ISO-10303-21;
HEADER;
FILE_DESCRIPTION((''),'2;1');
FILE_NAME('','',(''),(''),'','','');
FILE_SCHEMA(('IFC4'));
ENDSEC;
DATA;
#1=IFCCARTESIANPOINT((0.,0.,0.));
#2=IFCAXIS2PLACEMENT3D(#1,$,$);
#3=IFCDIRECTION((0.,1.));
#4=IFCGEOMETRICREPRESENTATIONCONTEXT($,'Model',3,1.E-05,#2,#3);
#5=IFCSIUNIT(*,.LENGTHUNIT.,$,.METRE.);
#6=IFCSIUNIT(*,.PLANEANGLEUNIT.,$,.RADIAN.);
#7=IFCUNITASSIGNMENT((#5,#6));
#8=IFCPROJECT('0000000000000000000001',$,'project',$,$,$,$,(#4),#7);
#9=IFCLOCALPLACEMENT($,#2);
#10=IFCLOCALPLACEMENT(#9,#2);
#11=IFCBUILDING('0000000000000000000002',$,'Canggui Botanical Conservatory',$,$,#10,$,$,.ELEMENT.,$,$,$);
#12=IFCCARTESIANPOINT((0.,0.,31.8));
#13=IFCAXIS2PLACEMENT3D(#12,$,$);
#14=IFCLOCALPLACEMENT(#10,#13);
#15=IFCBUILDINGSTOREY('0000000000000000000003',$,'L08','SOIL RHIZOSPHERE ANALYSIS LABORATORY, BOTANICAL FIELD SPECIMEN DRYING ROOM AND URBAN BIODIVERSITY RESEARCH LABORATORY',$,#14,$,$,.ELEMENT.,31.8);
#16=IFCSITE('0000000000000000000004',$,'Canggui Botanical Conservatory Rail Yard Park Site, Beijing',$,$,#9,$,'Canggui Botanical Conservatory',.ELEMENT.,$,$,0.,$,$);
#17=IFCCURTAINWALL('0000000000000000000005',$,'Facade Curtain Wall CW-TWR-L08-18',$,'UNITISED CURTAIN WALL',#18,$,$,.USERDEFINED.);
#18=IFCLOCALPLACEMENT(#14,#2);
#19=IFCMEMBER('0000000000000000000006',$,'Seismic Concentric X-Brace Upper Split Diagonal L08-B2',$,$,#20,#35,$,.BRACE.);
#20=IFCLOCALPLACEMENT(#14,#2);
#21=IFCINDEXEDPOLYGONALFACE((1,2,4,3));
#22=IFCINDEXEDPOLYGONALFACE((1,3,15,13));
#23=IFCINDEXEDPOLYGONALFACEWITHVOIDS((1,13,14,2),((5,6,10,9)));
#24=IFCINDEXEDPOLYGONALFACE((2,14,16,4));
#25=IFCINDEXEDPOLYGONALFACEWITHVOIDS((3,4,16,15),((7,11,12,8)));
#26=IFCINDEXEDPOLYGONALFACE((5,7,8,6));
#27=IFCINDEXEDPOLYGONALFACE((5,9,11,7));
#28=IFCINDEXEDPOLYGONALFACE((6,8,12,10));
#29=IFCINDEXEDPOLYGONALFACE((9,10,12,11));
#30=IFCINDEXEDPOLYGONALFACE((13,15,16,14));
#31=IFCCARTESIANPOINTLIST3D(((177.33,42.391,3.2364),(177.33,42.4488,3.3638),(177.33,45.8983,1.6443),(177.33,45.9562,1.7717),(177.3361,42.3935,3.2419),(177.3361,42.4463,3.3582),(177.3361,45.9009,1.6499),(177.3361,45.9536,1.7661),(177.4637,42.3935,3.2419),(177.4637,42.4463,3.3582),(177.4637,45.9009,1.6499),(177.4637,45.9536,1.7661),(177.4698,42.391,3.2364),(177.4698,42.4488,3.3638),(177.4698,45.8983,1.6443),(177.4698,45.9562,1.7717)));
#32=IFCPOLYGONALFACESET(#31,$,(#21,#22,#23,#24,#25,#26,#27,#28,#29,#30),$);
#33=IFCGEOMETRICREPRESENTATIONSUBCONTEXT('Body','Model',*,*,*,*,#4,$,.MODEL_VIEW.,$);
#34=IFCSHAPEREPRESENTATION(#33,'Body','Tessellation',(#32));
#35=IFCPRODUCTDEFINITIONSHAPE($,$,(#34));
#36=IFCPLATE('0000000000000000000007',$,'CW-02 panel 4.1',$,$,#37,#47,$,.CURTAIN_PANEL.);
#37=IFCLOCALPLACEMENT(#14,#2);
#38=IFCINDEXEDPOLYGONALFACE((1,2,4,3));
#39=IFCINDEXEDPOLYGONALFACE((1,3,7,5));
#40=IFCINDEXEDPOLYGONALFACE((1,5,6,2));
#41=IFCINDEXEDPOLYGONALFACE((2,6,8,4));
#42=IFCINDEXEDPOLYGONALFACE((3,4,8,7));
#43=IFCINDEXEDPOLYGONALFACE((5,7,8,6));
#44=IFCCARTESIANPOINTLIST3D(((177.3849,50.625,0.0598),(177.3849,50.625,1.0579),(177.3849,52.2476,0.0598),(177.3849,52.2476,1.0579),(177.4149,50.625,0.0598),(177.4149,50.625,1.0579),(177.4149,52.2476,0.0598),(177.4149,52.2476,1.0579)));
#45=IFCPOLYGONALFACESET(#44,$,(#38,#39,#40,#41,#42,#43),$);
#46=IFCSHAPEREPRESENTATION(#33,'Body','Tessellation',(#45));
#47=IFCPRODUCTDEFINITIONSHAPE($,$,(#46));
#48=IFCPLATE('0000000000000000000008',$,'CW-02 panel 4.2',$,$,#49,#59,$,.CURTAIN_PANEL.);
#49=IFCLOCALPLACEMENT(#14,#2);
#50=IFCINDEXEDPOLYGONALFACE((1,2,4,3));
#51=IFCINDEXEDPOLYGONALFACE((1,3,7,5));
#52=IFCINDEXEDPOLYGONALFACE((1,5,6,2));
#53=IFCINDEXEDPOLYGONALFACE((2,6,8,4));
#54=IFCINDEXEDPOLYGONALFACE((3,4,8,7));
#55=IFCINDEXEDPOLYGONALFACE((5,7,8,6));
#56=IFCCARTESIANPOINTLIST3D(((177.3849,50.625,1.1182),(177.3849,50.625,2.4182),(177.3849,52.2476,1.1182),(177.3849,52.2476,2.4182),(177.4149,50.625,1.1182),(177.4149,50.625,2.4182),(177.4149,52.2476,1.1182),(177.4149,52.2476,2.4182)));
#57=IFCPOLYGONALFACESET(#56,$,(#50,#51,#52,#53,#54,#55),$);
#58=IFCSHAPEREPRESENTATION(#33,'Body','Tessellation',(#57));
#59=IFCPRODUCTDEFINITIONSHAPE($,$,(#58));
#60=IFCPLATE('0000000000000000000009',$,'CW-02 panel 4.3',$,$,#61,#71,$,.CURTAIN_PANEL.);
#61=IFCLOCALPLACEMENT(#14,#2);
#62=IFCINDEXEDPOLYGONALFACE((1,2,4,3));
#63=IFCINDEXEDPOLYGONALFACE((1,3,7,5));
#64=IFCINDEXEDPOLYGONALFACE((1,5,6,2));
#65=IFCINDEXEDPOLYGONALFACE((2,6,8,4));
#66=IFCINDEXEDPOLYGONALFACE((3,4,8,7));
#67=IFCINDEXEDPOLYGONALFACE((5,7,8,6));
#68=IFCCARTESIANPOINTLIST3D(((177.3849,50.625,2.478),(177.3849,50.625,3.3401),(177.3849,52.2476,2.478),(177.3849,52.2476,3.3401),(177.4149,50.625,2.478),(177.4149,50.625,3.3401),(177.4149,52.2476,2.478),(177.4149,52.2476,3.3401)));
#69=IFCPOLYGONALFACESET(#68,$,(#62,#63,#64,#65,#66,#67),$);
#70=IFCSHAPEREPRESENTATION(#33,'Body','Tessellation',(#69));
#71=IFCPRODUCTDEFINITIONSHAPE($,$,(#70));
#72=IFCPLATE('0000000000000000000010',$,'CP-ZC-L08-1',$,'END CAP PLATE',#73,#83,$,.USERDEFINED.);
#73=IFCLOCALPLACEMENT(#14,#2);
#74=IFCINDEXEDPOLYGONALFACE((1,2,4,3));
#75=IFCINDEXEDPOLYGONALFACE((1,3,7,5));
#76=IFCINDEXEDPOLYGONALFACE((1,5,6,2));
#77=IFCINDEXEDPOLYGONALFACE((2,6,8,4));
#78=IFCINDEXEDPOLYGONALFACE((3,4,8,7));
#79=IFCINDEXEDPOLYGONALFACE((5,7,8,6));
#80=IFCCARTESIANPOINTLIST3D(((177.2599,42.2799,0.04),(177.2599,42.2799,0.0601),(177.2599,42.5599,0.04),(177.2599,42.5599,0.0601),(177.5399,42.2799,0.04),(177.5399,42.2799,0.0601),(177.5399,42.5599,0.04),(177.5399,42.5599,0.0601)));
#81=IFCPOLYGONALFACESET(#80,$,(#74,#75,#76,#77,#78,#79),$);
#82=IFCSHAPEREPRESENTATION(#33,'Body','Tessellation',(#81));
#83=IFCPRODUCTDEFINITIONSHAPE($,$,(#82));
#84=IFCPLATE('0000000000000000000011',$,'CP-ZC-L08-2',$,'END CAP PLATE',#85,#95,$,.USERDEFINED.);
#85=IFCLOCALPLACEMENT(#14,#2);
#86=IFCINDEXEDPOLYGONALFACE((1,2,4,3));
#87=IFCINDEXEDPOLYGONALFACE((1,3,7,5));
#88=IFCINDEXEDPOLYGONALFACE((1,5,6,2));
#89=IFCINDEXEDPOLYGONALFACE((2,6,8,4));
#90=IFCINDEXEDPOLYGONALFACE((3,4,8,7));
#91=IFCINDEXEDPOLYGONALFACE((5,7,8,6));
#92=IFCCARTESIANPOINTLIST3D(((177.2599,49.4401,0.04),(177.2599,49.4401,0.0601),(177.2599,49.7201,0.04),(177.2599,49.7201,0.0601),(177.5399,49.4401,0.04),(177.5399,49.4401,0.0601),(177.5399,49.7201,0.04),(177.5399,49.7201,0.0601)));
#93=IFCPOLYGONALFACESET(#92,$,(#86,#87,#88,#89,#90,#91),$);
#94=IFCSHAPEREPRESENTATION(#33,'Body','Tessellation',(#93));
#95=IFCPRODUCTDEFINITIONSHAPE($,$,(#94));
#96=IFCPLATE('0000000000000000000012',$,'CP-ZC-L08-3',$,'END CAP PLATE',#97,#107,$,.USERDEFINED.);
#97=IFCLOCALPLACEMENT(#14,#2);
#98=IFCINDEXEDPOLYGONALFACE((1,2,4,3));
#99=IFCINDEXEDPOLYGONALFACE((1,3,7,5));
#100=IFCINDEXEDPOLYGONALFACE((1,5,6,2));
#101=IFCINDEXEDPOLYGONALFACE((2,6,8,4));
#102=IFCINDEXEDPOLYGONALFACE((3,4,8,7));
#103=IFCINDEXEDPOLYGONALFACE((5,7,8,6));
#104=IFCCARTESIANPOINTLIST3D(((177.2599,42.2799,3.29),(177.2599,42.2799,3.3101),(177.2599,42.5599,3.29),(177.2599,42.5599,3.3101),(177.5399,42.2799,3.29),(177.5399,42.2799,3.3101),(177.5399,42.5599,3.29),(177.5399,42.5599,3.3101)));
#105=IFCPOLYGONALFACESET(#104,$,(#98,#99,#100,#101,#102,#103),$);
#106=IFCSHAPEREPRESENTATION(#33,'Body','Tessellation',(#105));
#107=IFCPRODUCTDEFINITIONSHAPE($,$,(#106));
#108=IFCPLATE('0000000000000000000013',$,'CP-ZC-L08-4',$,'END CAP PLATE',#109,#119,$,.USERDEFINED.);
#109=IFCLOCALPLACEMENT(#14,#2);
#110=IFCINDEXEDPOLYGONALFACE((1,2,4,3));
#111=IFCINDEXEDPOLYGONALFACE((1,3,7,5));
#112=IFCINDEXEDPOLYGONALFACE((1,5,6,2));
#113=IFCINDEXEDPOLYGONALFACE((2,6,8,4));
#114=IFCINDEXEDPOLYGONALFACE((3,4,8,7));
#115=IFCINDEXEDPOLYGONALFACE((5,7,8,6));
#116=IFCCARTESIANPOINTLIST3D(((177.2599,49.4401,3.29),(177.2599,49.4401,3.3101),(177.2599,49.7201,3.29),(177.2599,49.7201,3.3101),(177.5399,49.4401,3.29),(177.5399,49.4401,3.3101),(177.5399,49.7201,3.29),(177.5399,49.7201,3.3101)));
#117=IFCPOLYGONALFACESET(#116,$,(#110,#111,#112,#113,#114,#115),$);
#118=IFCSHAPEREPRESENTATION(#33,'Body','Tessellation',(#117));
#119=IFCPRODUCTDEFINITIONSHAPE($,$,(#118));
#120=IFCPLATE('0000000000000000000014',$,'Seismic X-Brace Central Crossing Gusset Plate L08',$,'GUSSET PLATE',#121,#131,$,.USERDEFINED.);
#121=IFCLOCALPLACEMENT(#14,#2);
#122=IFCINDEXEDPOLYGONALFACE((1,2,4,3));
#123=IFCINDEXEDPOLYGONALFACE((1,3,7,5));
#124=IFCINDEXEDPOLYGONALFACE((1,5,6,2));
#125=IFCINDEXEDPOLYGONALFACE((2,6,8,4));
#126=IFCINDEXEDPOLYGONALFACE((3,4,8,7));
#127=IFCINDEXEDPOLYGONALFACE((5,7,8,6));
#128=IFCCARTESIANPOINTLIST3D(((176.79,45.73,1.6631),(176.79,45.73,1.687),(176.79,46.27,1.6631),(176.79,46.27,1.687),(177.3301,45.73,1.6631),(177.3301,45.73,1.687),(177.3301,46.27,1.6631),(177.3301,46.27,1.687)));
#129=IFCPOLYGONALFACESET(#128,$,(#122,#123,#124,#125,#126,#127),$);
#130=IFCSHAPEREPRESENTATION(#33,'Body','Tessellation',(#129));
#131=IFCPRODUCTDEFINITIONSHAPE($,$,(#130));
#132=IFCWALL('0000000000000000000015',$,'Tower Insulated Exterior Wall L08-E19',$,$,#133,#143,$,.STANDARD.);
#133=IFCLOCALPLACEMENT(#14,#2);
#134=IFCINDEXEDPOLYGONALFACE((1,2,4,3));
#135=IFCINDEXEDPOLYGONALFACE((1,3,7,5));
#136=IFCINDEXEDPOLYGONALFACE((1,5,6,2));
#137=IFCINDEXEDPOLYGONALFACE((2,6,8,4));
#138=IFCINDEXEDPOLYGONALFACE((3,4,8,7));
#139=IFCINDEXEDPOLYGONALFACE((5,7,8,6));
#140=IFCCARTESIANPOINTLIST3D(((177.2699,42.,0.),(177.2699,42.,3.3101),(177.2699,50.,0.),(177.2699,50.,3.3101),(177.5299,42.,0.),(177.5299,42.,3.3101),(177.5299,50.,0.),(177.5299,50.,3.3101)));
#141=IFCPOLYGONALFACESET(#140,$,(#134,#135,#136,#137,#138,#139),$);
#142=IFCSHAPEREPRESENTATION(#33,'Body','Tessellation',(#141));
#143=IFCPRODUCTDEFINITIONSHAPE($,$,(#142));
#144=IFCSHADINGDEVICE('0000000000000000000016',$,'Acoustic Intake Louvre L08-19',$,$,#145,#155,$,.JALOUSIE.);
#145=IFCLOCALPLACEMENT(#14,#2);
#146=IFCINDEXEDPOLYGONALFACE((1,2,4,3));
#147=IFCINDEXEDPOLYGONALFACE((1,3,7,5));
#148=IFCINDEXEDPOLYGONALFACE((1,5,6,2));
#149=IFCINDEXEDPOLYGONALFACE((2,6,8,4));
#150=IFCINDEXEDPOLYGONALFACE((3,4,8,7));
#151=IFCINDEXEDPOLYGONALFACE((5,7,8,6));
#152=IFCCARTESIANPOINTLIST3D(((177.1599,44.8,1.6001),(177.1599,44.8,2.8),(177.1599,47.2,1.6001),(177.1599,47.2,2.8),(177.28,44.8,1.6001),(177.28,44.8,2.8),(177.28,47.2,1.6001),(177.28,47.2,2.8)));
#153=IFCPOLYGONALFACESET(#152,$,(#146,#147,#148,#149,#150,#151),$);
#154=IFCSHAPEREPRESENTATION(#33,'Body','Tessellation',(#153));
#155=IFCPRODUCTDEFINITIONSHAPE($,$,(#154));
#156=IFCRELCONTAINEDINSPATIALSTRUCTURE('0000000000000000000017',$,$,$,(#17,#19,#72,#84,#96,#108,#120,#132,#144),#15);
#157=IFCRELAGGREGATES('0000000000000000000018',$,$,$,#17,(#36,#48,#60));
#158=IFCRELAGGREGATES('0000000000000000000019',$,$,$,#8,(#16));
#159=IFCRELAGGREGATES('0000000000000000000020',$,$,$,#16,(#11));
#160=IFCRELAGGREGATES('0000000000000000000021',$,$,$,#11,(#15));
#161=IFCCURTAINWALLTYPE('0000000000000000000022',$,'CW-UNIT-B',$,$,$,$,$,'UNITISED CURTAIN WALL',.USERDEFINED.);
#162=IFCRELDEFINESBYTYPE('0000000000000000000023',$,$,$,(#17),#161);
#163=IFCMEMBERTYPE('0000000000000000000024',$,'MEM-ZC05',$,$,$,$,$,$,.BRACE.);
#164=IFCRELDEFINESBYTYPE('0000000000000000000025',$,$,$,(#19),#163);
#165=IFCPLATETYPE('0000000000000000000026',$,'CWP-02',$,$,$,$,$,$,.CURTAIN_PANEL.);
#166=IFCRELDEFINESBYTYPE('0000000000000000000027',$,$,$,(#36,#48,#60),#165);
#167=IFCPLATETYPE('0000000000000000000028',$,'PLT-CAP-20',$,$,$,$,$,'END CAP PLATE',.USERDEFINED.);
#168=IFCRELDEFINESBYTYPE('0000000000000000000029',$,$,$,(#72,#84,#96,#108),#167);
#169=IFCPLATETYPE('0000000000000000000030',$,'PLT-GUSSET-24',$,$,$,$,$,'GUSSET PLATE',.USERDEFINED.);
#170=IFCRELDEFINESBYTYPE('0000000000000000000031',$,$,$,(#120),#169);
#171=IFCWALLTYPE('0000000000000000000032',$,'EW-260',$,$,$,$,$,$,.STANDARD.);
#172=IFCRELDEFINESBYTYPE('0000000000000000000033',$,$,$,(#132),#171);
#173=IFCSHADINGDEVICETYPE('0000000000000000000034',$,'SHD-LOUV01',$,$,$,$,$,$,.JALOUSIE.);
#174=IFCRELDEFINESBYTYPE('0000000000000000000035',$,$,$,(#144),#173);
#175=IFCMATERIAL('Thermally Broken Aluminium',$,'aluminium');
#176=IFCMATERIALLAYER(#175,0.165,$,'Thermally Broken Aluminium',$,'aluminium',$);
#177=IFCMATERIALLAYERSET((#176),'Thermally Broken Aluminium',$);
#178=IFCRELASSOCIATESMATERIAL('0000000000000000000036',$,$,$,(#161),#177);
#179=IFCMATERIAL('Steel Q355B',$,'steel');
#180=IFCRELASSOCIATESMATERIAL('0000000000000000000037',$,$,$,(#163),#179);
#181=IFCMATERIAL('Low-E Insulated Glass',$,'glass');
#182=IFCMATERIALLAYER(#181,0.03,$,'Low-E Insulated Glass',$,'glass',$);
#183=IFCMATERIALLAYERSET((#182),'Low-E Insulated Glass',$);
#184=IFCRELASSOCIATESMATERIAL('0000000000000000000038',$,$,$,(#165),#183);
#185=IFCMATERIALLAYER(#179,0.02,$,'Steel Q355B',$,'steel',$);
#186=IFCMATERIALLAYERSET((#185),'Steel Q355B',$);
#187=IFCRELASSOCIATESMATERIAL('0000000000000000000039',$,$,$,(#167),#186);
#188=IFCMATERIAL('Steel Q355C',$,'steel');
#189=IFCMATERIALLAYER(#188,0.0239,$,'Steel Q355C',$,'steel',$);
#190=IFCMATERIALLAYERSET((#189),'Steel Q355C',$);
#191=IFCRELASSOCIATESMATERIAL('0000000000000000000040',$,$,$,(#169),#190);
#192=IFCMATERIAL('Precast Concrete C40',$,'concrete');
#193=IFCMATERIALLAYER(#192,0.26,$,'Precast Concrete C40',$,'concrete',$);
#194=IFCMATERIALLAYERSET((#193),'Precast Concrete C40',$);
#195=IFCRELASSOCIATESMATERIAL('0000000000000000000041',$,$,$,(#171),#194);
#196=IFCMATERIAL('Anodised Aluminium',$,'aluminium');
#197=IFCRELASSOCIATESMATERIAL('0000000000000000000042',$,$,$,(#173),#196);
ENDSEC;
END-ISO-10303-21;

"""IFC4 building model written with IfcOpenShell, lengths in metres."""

from ifc_helpers import new_model, si_unit, direction, frame, frame_2d, origin, origin_2d, place, context, subcontext, project, spatial, rectangle, hollow_rectangle, extrude, material, layer, layer_set, material_profile, profile_set, type_object, element, aggregate, save


model = new_model("IFC4")

# Units and contexts
model_context = context("Model", 3, precision=1e-05, world=origin(), true_north=direction((0.0, 1.0)))
body_context = subcontext(model_context, "Body", "Model", "MODEL_VIEW")
ifc_project = project(units=[si_unit("LENGTHUNIT", "METRE"), si_unit("PLANEANGLEUNIT", "RADIAN")], contexts=[model_context])

# Site, building, storey
site_placement = place(None, origin())
site = spatial("IfcSite", under=ifc_project, at=site_placement, Name="Canggui Botanical Conservatory Rail Yard Park Site, Beijing", LongName="Canggui Botanical Conservatory", CompositionType="ELEMENT", RefElevation=0.0)
building_placement = place(site_placement, origin())
building = spatial("IfcBuilding", under=site, at=building_placement, Name="Canggui Botanical Conservatory", CompositionType="ELEMENT")
storey_placement = place(building_placement, frame((0.0, 0.0, 31.8)))
storey = spatial("IfcBuildingStorey", under=building, at=storey_placement, Name="L08", Description="SOIL RHIZOSPHERE ANALYSIS LABORATORY, BOTANICAL FIELD SPECIMEN DRYING ROOM AND URBAN BIODIVERSITY RESEARCH LABORATORY", CompositionType="ELEMENT", Elevation=31.8)

# Curtain wall
ifc_material_1 = material(Name="Thermally Broken Aluminium", Category="aluminium")
ifc_layer_1 = layer(ifc_material_1, 0.165, Name="Thermally Broken Aluminium", Category="aluminium")
ifc_layer_set_1 = layer_set([ifc_layer_1], Name="Thermally Broken Aluminium")
curtain_wall_type = type_object("IfcCurtainWallType", Name="CW-UNIT-B", ElementType="UNITISED CURTAIN WALL", PredefinedType="USERDEFINED", material=ifc_layer_set_1)
curtain_wall_1_placement = place(storey_placement, origin())
curtain_wall_1 = element("IfcCurtainWall", 1, at=curtain_wall_1_placement, inside=storey, type_object=curtain_wall_type, Name="Facade Curtain Wall CW-TWR-L08-18", ObjectType="UNITISED CURTAIN WALL", PredefinedType="USERDEFINED")

# Member
ifc_material_2 = material(Name="Steel Q355B", Category="steel")
ifc_material_profile_1 = material_profile(ifc_material_2, hollow_rectangle(XDim=0.1399, YDim=0.1399, WallThickness=0.0061, at=origin_2d()), Name="SHS 140x140x6")
ifc_profile_set_1 = profile_set([ifc_material_profile_1], Name="Steel Q355B")
member_type_1 = type_object("IfcMemberType", Name="MEM-ZC05", PredefinedType="BRACE", material=ifc_profile_set_1)
member_1_placement = place(storey_placement, frame((177.3999, 45.9272, 1.708), z_axis=(0.0, -0.910581, 0.41333), x_axis=(1.0, 0.0, 0.0)))
element("IfcMember", 2, at=member_1_placement, inside=storey, type_object=member_type_1, Name="Seismic Concentric X-Brace Upper Split Diagonal L08-B2", PredefinedType="BRACE", context=body_context, shape_type="SweptSolid", body=[
    extrude(hollow_rectangle(XDim=0.1399, YDim=0.1399, WallThickness=0.0061, at=origin_2d()), origin(), (0.0, 0.0, 1.0), 3.8518),
])

# Plates
ifc_material_3 = material(Name="Low-E Insulated Glass", Category="glass")
ifc_layer_2 = layer(ifc_material_3, 0.03, Name="Low-E Insulated Glass", Category="glass")
ifc_layer_set_2 = layer_set([ifc_layer_2], Name="Low-E Insulated Glass")
plate_type_1 = type_object("IfcPlateType", Name="CWP-02", PredefinedType="CURTAIN_PANEL", material=ifc_layer_set_2)
plate_1_placement = place(storey_placement, frame((177.3999, 51.4363, 0.0598), z_axis=(0.0, 0.0, 1.0), x_axis=(0.0, -1.0, 0.0)))
plate_1 = element("IfcPlate", 3, at=plate_1_placement, type_object=plate_type_1, Name="CW-02 panel 4.1", PredefinedType="CURTAIN_PANEL", context=body_context, shape_type="SweptSolid", body=[
    extrude(rectangle(XDim=1.6226, YDim=0.03, at=origin_2d()), origin(), (0.0, 0.0, 1.0), 0.998),
])
plate_2_placement = place(storey_placement, frame((177.3999, 51.4363, 1.1182), z_axis=(0.0, 0.0, 1.0), x_axis=(0.0, -1.0, 0.0)))
plate_2 = element("IfcPlate", 4, at=plate_2_placement, type_object=plate_type_1, Name="CW-02 panel 4.2", PredefinedType="CURTAIN_PANEL", context=body_context, shape_type="SweptSolid", body=[
    extrude(rectangle(XDim=1.6226, YDim=0.03, at=origin_2d()), origin(), (0.0, 0.0, 1.0), 1.3),
])
plate_3_placement = place(storey_placement, frame((177.3999, 51.4363, 2.478), z_axis=(0.0, 0.0, 1.0), x_axis=(0.0, -1.0, 0.0)))
plate_3 = element("IfcPlate", 5, at=plate_3_placement, type_object=plate_type_1, Name="CW-02 panel 4.3", PredefinedType="CURTAIN_PANEL", context=body_context, shape_type="SweptSolid", body=[
    extrude(rectangle(XDim=1.6226, YDim=0.03, at=origin_2d()), origin(), (0.0, 0.0, 1.0), 0.8621),
])
aggregate(curtain_wall_1, [plate_1, plate_2, plate_3])

# Plates
ifc_layer_3 = layer(ifc_material_2, 0.02, Name="Steel Q355B", Category="steel")
ifc_layer_set_3 = layer_set([ifc_layer_3], Name="Steel Q355B")
plate_type_2 = type_object("IfcPlateType", Name="PLT-CAP-20", ElementType="END CAP PLATE", PredefinedType="USERDEFINED", material=ifc_layer_set_3)
for number, where, z_axis, x_axis, name in (
    (6, (177.3999, 42.4199, 0.04), (0.0, 0.0, 1.0), (1.0, 0.0, 0.0), "CP-ZC-L08-1"),
    (7, (177.3999, 49.5801, 0.04), (0.0, 0.0, 1.0), (1.0, 0.0, 0.0), "CP-ZC-L08-2"),
    (8, (177.3999, 42.4199, 3.29), (0.0, 0.0, 1.0), (1.0, 0.0, 0.0), "CP-ZC-L08-3"),
    (9, (177.3999, 49.5801, 3.29), (0.0, 0.0, 1.0), (1.0, 0.0, 0.0), "CP-ZC-L08-4"),
):
    element("IfcPlate", number, at=place(storey_placement, frame(where, z_axis=z_axis, x_axis=x_axis)), inside=storey, type_object=plate_type_2, Name=name, ObjectType="END CAP PLATE", PredefinedType="USERDEFINED", context=body_context, shape_type="SweptSolid", body=[
        extrude(rectangle(XDim=0.28, YDim=0.28, at=origin_2d()), origin(), (0.0, 0.0, 1.0), 0.02),
    ])
ifc_material_4 = material(Name="Steel Q355C", Category="steel")
ifc_layer_4 = layer(ifc_material_4, 0.0239, Name="Steel Q355C", Category="steel")
ifc_layer_set_4 = layer_set([ifc_layer_4], Name="Steel Q355C")
plate_type_3 = type_object("IfcPlateType", Name="PLT-GUSSET-24", ElementType="GUSSET PLATE", PredefinedType="USERDEFINED", material=ifc_layer_set_4)
plate_4_placement = place(storey_placement, frame((177.0601, 46.0, 1.6631), z_axis=(0.0, 0.0, 1.0), x_axis=(1.0, 0.0, 0.0)))
element("IfcPlate", 10, at=plate_4_placement, inside=storey, type_object=plate_type_3, Name="Seismic X-Brace Central Crossing Gusset Plate L08", ObjectType="GUSSET PLATE", PredefinedType="USERDEFINED", context=body_context, shape_type="SweptSolid", body=[
    extrude(rectangle(XDim=0.54, YDim=0.54, at=origin_2d()), origin(), (0.0, 0.0, 1.0), 0.0239),
])

# Wall
ifc_material_5 = material(Name="Precast Concrete C40", Category="concrete")
ifc_layer_5 = layer(ifc_material_5, 0.26, Name="Precast Concrete C40", Category="concrete")
ifc_layer_set_5 = layer_set([ifc_layer_5], Name="Precast Concrete C40")
wall_type = type_object("IfcWallType", Name="EW-260", PredefinedType="STANDARD", material=ifc_layer_set_5)
wall_placement = place(storey_placement, frame((177.3999, 50.0, 0.0), z_axis=(0.0, 0.0, 1.0), x_axis=(0.0, -1.0, 0.0)))
element("IfcWall", 11, at=wall_placement, inside=storey, type_object=wall_type, Name="Tower Insulated Exterior Wall L08-E19", PredefinedType="STANDARD", context=body_context, shape_type="SweptSolid", body=[
    extrude(rectangle(XDim=8.0, YDim=0.26, at=frame_2d((4.0, 0.0))), origin(), (0.0, 0.0, 1.0), 3.3101),
])

# Shading device
ifc_material_6 = material(Name="Anodised Aluminium", Category="aluminium")
shading_device_type = type_object("IfcShadingDeviceType", Name="SHD-LOUV01", PredefinedType="JALOUSIE", material=ifc_material_6)
shading_device_placement = place(storey_placement, frame((177.22, 46.0, 1.6001), z_axis=(0.0, 0.0, 1.0), x_axis=(0.0, 1.0, 0.0)))
element("IfcShadingDevice", 12, at=shading_device_placement, inside=storey, type_object=shading_device_type, Name="Acoustic Intake Louvre L08-19", PredefinedType="JALOUSIE", context=body_context, shape_type="SweptSolid", body=[
    extrude(rectangle(XDim=2.3999, YDim=0.1201, at=origin_2d()), origin(), (0.0, 0.0, 1.0), 1.2),
])

save(model, "model.ifc")
